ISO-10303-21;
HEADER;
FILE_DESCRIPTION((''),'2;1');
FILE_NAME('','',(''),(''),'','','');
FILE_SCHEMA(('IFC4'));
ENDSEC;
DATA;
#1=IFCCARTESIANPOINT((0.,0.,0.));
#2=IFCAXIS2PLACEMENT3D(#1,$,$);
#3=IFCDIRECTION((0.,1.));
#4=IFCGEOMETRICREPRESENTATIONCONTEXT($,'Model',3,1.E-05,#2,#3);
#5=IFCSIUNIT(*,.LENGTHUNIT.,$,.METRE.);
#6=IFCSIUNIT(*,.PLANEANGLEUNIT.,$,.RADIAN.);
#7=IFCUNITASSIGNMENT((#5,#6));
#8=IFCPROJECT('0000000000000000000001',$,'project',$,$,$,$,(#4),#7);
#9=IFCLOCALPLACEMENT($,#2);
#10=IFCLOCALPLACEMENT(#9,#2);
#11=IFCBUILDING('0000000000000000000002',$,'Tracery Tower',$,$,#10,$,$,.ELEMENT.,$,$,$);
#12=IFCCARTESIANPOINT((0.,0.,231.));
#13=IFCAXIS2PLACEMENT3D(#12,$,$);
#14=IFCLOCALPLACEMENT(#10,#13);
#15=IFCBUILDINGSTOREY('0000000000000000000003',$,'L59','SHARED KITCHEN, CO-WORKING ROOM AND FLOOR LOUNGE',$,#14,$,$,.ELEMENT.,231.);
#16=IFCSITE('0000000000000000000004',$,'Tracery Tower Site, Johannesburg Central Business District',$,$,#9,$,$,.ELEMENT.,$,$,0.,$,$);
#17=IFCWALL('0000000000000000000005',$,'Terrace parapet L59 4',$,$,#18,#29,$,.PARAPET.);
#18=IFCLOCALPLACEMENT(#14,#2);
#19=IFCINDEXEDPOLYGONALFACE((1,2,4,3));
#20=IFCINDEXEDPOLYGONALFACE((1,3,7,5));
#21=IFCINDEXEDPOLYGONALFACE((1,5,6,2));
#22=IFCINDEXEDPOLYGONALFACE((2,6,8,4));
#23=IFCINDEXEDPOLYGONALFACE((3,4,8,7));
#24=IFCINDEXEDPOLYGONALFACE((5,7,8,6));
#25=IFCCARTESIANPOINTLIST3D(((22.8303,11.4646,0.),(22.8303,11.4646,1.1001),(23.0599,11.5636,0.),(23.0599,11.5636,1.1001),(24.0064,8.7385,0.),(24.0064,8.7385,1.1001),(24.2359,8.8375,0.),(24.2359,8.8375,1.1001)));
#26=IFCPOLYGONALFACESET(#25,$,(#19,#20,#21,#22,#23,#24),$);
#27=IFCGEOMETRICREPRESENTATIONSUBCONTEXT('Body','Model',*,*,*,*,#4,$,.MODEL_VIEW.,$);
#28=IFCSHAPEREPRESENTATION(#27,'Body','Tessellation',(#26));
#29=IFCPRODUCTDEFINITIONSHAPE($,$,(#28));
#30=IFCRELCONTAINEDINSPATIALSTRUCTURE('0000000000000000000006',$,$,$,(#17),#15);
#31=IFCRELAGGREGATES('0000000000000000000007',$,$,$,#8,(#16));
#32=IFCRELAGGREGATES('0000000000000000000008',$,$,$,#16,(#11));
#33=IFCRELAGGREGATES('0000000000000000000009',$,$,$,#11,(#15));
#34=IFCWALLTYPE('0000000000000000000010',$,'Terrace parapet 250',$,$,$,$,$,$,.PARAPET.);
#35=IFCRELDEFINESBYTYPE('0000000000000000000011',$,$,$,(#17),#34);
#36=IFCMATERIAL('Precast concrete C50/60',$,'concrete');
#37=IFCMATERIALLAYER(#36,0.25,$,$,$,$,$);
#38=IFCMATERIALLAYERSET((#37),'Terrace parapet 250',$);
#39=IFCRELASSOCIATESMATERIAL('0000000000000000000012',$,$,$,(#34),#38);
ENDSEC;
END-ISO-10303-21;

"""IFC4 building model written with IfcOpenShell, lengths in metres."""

from ifc_helpers import new_model, si_unit, direction, frame, frame_2d, origin, place, context, subcontext, project, spatial, rectangle, extrude, material, layer, layer_set, type_object, element, save


model = new_model("IFC4")

# Units and contexts
model_context = context("Model", 3, precision=1e-05, world=origin(), true_north=direction((0.0, 1.0)))
body_context = subcontext(model_context, "Body", "Model", "MODEL_VIEW")
ifc_project = project(units=[si_unit("LENGTHUNIT", "METRE"), si_unit("PLANEANGLEUNIT", "RADIAN")], contexts=[model_context])

# Site, building, storey
site_placement = place(None, origin())
site = spatial("IfcSite", under=ifc_project, at=site_placement, Name="Tracery Tower Site, Johannesburg Central Business District", CompositionType="ELEMENT", RefElevation=0.0)
building_placement = place(site_placement, origin())
building = spatial("IfcBuilding", under=site, at=building_placement, Name="Tracery Tower", CompositionType="ELEMENT")
storey_placement = place(building_placement, frame((0.0, 0.0, 231.0)))
storey = spatial("IfcBuildingStorey", under=building, at=storey_placement, Name="L59", Description="SHARED KITCHEN, CO-WORKING ROOM AND FLOOR LOUNGE", CompositionType="ELEMENT", Elevation=231.0)

# Wall
ifc_material_1 = material(Name="Precast concrete C50/60", Category="concrete")
ifc_layer_1 = layer(ifc_material_1, 0.25)
ifc_layer_set_1 = layer_set([ifc_layer_1], Name="Terrace parapet 250")
wall_type_1 = type_object("IfcWallType", Name="Terrace parapet 250", PredefinedType="PARAPET", material=ifc_layer_set_1)
for number, where, z_axis, x_axis, name in (
    (1, (24.1211, 8.7881, 0.0), (0.0, 0.0, 1.0), (-0.396112, 0.918202, 0.0), "Terrace parapet L59 4"),
):
    element("IfcWall", number, at=place(storey_placement, frame(where, z_axis=z_axis, x_axis=x_axis)), inside=storey, type_object=wall_type_1, Name=name, PredefinedType="PARAPET", context=body_context, shape_type="SweptSolid", body=[
        extrude(rectangle(XDim=2.969, YDim=0.25, at=frame_2d((1.4844, 0.0))), origin(), (0.0, 0.0, 1.0), 1.1001),
    ])

save(model, "model.ifc")
